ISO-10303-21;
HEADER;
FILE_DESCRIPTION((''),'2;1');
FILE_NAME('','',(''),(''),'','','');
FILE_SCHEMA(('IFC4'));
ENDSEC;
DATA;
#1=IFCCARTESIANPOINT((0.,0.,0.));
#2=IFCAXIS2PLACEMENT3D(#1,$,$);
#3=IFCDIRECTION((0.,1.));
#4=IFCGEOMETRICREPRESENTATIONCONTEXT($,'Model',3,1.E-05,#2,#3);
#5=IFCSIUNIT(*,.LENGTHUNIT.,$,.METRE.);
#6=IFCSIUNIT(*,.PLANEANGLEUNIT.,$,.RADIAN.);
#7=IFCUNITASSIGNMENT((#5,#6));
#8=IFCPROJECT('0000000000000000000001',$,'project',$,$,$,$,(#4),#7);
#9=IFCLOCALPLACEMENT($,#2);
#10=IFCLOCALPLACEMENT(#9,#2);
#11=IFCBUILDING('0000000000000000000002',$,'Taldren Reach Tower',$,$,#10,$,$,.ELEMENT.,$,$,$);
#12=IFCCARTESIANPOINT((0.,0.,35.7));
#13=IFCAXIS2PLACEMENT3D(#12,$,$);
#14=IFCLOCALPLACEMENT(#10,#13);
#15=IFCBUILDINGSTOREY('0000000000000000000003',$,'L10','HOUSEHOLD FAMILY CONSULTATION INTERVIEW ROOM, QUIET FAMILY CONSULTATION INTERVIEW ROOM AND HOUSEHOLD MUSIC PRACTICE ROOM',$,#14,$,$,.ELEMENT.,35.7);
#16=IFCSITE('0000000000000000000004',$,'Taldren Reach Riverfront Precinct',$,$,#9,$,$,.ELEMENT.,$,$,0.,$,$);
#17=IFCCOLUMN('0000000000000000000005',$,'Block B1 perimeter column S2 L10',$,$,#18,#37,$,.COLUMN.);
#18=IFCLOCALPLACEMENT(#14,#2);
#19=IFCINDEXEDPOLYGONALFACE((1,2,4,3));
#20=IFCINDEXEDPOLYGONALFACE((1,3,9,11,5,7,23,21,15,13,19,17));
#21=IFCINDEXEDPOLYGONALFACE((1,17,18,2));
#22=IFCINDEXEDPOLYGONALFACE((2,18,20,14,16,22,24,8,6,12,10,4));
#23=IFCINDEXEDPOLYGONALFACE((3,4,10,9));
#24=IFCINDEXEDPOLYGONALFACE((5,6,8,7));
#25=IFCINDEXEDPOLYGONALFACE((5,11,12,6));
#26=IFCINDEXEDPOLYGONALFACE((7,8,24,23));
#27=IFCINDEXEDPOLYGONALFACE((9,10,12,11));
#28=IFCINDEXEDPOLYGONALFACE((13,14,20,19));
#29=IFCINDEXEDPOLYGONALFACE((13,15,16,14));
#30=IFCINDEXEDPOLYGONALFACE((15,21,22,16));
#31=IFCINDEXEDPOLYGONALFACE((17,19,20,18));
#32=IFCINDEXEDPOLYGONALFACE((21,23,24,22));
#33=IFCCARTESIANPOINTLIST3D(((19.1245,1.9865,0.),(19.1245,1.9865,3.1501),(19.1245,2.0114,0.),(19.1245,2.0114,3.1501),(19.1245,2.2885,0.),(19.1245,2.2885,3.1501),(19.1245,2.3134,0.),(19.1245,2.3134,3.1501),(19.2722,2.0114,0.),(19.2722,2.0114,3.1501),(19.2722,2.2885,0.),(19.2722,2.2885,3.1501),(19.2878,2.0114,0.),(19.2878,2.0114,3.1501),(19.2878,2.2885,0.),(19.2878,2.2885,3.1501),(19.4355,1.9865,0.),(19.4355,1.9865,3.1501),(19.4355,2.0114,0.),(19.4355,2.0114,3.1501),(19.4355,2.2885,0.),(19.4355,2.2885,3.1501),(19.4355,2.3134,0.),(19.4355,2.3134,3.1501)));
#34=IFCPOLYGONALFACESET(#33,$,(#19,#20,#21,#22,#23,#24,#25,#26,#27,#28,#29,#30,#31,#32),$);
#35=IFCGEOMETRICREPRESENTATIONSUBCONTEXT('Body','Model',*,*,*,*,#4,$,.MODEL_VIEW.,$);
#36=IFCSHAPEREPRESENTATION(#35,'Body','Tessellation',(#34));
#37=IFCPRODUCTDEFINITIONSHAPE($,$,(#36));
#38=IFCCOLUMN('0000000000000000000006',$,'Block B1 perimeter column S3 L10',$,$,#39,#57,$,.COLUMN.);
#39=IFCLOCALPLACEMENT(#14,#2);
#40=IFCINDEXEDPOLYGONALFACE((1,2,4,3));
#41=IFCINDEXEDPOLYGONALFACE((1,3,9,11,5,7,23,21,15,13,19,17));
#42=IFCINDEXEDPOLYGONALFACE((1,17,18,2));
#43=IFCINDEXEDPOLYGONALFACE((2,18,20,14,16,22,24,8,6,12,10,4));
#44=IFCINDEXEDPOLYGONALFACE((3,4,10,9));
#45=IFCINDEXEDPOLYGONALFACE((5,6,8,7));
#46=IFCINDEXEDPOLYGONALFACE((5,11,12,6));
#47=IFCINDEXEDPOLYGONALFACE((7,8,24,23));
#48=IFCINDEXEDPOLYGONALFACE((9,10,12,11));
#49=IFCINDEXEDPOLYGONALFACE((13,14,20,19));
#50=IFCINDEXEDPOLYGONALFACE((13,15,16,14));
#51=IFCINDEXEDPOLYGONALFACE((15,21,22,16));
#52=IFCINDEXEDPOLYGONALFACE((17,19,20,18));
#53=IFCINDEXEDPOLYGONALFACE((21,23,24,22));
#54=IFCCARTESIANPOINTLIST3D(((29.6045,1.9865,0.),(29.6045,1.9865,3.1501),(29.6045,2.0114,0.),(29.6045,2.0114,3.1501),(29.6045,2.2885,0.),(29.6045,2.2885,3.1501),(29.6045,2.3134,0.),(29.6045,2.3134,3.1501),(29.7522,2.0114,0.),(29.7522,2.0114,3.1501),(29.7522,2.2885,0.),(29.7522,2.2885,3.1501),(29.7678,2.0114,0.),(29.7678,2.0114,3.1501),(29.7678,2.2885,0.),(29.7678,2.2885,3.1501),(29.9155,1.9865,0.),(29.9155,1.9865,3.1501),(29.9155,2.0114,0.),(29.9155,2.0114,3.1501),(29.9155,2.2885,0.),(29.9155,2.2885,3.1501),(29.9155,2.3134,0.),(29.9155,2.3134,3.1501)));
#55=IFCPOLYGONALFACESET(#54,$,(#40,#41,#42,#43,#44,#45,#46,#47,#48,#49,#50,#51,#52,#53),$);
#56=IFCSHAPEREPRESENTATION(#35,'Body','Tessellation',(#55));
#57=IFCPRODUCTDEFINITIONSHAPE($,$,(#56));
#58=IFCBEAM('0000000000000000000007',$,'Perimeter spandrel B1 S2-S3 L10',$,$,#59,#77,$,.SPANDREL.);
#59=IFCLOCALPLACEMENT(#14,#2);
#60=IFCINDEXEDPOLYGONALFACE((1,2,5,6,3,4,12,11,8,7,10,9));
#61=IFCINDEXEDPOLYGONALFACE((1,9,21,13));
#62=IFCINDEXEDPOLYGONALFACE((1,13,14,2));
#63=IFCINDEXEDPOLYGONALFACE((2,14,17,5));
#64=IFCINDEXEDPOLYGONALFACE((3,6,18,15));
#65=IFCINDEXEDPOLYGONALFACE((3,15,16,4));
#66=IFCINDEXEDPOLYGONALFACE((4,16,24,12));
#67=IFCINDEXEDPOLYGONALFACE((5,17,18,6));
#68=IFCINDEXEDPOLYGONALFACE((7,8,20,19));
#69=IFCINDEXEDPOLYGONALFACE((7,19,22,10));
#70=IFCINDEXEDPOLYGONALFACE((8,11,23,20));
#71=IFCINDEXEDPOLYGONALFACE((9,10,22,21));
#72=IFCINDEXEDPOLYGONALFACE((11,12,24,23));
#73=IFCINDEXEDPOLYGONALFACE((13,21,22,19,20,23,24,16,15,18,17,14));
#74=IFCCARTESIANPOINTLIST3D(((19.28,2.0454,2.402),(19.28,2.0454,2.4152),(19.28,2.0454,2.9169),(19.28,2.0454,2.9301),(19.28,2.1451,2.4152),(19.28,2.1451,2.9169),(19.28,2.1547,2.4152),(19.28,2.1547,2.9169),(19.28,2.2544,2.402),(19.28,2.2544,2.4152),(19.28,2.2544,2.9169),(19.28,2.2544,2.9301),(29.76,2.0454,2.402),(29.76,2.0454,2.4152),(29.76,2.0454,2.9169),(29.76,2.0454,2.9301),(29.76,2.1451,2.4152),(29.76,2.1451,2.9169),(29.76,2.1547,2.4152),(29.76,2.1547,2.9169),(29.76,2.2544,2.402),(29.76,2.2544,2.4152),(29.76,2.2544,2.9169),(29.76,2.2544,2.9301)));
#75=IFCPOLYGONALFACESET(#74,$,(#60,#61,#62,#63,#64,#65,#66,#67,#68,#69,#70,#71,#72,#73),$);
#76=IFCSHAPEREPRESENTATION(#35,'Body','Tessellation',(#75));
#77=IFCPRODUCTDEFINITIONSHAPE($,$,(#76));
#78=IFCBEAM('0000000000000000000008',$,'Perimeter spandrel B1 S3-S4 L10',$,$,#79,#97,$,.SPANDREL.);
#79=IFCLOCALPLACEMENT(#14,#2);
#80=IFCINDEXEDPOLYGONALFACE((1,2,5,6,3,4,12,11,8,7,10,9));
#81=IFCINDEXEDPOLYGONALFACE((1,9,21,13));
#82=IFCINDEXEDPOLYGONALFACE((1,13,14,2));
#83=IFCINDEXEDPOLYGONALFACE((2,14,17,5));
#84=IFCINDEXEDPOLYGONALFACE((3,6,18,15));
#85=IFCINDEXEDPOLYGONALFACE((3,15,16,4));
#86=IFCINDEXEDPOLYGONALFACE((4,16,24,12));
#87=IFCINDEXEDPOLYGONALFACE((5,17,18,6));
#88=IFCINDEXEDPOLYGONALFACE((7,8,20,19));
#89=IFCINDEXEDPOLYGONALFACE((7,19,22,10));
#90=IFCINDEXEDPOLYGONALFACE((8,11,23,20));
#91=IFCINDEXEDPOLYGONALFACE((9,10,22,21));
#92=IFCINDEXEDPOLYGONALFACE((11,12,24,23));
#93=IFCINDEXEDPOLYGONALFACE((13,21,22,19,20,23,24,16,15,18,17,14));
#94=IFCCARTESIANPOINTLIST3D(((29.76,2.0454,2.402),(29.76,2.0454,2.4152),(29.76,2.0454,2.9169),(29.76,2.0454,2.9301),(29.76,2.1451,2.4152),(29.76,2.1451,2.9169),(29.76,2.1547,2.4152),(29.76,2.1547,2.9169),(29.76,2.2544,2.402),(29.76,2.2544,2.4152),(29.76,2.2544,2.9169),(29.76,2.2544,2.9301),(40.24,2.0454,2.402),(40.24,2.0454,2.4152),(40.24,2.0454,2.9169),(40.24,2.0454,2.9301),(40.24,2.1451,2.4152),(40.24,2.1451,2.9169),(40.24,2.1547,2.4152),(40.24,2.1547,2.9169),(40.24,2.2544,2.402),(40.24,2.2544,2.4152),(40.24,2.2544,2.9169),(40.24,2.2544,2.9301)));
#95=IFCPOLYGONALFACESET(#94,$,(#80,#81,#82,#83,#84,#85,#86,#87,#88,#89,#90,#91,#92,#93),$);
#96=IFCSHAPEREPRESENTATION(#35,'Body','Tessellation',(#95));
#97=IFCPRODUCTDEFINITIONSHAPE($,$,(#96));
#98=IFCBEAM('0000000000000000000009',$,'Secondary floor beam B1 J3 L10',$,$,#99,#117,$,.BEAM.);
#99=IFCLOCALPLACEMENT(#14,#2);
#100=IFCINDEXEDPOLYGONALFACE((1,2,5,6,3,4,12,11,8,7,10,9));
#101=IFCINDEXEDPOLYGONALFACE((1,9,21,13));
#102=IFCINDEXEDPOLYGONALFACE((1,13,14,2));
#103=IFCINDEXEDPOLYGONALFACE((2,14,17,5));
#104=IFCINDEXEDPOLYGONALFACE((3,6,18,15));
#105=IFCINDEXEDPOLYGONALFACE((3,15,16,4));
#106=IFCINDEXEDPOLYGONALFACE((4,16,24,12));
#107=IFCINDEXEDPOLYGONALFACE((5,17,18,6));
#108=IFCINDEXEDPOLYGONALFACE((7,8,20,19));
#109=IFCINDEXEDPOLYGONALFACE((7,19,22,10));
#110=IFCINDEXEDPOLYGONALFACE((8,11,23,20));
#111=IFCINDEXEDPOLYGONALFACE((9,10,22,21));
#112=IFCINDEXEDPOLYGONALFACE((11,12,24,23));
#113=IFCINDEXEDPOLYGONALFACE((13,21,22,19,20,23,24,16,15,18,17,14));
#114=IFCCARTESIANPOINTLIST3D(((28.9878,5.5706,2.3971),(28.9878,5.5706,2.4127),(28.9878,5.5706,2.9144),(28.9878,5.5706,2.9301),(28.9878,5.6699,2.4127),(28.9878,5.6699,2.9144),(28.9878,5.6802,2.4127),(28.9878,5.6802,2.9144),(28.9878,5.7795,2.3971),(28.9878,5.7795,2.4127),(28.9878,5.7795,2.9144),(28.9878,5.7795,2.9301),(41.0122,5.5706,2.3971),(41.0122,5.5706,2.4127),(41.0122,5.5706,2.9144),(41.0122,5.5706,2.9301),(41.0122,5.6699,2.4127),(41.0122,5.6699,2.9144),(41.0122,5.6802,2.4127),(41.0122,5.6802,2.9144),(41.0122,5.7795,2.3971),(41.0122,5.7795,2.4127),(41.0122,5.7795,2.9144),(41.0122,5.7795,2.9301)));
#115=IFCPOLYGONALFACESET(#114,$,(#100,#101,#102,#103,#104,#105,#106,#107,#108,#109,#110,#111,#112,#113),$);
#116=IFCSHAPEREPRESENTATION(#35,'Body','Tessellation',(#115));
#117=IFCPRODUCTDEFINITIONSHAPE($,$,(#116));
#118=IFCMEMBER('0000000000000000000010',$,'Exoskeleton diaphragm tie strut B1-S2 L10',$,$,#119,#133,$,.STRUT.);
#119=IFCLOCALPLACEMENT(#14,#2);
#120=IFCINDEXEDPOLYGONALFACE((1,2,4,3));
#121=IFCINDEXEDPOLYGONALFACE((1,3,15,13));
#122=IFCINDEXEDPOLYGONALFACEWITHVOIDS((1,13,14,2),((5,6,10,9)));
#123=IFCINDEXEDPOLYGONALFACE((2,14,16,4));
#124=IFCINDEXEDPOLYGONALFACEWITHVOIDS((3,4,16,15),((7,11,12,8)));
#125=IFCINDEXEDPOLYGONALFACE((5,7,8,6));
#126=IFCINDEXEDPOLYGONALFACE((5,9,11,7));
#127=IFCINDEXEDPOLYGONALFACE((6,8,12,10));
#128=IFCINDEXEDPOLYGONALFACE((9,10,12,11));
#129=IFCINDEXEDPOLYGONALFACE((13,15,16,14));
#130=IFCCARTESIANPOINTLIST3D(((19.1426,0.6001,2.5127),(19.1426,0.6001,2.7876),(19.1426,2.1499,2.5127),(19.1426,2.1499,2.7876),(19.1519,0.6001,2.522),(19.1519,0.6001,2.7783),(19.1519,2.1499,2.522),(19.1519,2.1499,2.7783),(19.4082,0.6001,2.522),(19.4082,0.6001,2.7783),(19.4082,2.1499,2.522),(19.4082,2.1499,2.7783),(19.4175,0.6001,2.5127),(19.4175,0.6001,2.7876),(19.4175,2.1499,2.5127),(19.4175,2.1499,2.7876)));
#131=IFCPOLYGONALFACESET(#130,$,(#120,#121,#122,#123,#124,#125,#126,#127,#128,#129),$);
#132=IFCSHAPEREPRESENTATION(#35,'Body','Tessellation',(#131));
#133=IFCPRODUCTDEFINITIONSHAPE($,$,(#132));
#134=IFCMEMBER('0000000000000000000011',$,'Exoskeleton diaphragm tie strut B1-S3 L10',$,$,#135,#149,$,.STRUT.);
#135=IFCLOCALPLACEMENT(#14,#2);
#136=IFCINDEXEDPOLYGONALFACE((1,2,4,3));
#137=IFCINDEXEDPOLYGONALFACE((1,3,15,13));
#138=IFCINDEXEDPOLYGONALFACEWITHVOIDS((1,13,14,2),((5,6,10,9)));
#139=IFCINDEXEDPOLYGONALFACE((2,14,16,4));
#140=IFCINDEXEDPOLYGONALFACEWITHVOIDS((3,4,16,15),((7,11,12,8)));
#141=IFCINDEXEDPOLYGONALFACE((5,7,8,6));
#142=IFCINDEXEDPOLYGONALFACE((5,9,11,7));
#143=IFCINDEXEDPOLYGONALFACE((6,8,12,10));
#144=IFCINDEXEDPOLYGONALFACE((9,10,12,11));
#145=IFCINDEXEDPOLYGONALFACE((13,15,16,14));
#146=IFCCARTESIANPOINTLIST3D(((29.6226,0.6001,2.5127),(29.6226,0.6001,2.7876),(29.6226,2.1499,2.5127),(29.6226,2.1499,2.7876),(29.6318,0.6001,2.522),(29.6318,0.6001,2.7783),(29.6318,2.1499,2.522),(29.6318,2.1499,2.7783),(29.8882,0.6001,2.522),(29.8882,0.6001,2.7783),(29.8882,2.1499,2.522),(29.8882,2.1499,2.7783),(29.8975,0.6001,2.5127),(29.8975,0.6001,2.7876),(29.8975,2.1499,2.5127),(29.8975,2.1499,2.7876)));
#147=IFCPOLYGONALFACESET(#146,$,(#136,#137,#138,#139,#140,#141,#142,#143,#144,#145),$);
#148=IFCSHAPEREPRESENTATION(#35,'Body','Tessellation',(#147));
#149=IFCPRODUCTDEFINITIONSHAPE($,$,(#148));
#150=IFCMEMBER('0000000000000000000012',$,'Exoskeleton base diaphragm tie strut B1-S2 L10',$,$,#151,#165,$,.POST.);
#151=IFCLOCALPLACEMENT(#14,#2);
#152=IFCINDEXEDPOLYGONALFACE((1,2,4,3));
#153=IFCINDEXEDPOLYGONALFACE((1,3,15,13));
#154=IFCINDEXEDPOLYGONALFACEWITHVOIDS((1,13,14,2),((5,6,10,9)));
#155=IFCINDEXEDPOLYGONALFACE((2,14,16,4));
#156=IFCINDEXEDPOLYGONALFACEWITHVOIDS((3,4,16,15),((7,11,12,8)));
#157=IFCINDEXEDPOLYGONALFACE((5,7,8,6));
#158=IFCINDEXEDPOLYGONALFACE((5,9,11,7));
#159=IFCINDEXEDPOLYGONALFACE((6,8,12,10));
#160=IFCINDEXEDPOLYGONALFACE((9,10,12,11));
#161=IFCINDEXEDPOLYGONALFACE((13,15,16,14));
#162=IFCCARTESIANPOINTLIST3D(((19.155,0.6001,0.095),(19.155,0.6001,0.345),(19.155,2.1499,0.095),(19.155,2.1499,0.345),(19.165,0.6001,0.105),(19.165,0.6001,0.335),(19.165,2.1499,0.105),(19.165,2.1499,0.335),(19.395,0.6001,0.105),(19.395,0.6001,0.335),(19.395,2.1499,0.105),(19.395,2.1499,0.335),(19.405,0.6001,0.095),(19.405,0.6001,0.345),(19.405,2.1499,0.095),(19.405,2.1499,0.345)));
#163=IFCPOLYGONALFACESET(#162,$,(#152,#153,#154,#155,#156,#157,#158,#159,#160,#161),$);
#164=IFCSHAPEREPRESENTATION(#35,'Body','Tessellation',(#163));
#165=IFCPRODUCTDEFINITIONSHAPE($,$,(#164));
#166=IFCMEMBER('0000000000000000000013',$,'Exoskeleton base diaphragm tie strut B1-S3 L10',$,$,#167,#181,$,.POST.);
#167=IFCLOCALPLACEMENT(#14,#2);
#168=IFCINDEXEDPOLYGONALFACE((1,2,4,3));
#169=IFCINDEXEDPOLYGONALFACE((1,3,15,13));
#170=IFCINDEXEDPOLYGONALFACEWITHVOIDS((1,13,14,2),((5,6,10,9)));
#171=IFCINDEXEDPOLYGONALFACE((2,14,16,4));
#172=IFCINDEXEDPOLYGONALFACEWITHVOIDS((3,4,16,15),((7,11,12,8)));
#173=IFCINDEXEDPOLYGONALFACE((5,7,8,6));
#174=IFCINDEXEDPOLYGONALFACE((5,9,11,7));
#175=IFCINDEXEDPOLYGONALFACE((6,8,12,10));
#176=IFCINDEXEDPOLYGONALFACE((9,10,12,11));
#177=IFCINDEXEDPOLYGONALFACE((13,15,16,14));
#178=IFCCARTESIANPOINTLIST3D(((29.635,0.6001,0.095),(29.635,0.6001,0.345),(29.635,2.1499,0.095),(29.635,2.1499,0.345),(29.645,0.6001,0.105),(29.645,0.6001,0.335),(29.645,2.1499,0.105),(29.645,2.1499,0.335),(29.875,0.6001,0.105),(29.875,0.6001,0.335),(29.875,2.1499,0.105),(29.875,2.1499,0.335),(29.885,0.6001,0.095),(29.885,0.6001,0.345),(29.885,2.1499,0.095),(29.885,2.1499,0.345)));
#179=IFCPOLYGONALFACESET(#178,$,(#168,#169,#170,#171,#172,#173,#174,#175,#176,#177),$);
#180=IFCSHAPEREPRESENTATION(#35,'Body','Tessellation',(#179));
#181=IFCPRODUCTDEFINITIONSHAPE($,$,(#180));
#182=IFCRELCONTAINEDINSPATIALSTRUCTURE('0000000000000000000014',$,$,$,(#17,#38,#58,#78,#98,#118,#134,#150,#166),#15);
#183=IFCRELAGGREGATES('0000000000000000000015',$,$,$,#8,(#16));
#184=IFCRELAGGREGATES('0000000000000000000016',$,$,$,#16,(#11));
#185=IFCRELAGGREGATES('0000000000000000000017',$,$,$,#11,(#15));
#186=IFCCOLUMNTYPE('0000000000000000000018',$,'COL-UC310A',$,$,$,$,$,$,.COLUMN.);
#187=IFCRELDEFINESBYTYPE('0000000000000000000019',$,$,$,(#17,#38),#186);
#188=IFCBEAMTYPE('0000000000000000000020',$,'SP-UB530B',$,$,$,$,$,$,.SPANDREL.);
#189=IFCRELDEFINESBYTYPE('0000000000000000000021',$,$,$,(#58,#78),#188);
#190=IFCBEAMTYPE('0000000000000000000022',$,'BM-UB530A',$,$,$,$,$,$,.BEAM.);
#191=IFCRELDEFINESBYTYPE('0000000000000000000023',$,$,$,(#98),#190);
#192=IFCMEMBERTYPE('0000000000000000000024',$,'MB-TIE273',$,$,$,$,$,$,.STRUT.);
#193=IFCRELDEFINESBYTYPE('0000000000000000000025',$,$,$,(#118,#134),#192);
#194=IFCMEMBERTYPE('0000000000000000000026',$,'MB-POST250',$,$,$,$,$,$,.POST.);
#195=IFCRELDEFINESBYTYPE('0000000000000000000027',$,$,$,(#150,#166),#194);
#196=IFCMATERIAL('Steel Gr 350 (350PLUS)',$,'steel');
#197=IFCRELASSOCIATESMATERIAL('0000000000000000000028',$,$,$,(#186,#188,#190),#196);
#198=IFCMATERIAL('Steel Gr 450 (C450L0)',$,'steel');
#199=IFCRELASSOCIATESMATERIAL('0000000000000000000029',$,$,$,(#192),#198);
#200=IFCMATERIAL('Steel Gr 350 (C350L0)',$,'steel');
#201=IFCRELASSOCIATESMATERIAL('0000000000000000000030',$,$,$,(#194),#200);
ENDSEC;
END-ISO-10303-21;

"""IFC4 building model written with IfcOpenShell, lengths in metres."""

from ifc_helpers import new_model, si_unit, direction, frame, origin, origin_2d, place, context, subcontext, project, spatial, hollow_rectangle, i_section, extrude, source, transform, mapped, material, material_profile, profile_set, type_object, element, save


model = new_model("IFC4")

# Units and contexts
model_context = context("Model", 3, precision=1e-05, world=origin(), true_north=direction((0.0, 1.0)))
body_context = subcontext(model_context, "Body", "Model", "MODEL_VIEW")
ifc_project = project(units=[si_unit("LENGTHUNIT", "METRE"), si_unit("PLANEANGLEUNIT", "RADIAN")], contexts=[model_context])

# Site, building, storey
site_placement = place(None, origin())
site = spatial("IfcSite", under=ifc_project, at=site_placement, Name="Taldren Reach Riverfront Precinct", CompositionType="ELEMENT", RefElevation=0.0)
building_placement = place(site_placement, origin())
building = spatial("IfcBuilding", under=site, at=building_placement, Name="Taldren Reach Tower", CompositionType="ELEMENT")
storey_placement = place(building_placement, frame((0.0, 0.0, 35.7)))
storey = spatial("IfcBuildingStorey", under=building, at=storey_placement, Name="L10", Description="HOUSEHOLD FAMILY CONSULTATION INTERVIEW ROOM, QUIET FAMILY CONSULTATION INTERVIEW ROOM AND HOUSEHOLD MUSIC PRACTICE ROOM", CompositionType="ELEMENT", Elevation=35.7)

# Columns
ifc_material_1 = material(Name="Steel Gr 350 (350PLUS)", Category="steel")
ifc_material_profile_1 = material_profile(ifc_material_1, i_section(OverallWidth=0.311, OverallDepth=0.3269, WebThickness=0.0156, FlangeThickness=0.0249, at=origin_2d()), Name="310UC158")
ifc_profile_set_1 = profile_set([ifc_material_profile_1], Name="Steel Gr 350 (350PLUS)")
column_type = type_object("IfcColumnType", Name="COL-UC310A", PredefinedType="COLUMN", material=ifc_profile_set_1)
shared_shape_1 = source(origin(), body_context, "Body", "SweptSolid", [
    extrude(i_section(OverallWidth=0.311, OverallDepth=0.3269, WebThickness=0.0156, FlangeThickness=0.0249, at=origin_2d()), origin(), (0.0, 0.0, 1.0), 3.1501),
])
for number, where, z_axis, x_axis, name in (
    (1, (19.28, 2.1499, 0.0), (0.0, 0.0, 1.0), (1.0, 0.0, 0.0), "Block B1 perimeter column S2 L10"),
    (2, (29.76, 2.1499, 0.0), (0.0, 0.0, 1.0), (1.0, 0.0, 0.0), "Block B1 perimeter column S3 L10"),
):
    element("IfcColumn", number, at=place(storey_placement, frame(where, z_axis=z_axis, x_axis=x_axis)), inside=storey, type_object=column_type, Name=name, PredefinedType="COLUMN", context=body_context, shape_type="MappedRepresentation", body=[
        mapped(shared_shape_1, transform((0.0, 0.0, 0.0), scale=1.0)),
    ])

# Beams
ifc_material_profile_2 = material_profile(ifc_material_1, i_section(OverallWidth=0.209, OverallDepth=0.5281, WebThickness=0.0095, FlangeThickness=0.0132, at=origin_2d()), Name="530UB82.0")
ifc_profile_set_2 = profile_set([ifc_material_profile_2], Name="Steel Gr 350 (350PLUS)")
beam_type_1 = type_object("IfcBeamType", Name="SP-UB530B", PredefinedType="SPANDREL", material=ifc_profile_set_2)
shared_shape_2 = source(origin(), body_context, "Body", "SweptSolid", [
    extrude(i_section(OverallWidth=0.209, OverallDepth=0.5281, WebThickness=0.0095, FlangeThickness=0.0132, at=origin_2d()), origin(), (0.0, 0.0, 1.0), 10.48),
])
for number, where, z_axis, x_axis, name in (
    (3, (19.28, 2.1499, 2.666), (1.0, 0.0, 0.0), (0.0, 1.0, 0.0), "Perimeter spandrel B1 S2-S3 L10"),
    (4, (29.76, 2.1499, 2.666), (1.0, 0.0, 0.0), (0.0, 1.0, 0.0), "Perimeter spandrel B1 S3-S4 L10"),
):
    element("IfcBeam", number, at=place(storey_placement, frame(where, z_axis=z_axis, x_axis=x_axis)), inside=storey, type_object=beam_type_1, Name=name, PredefinedType="SPANDREL", context=body_context, shape_type="MappedRepresentation", body=[
        mapped(shared_shape_2, transform((0.0, 0.0, 0.0), scale=1.0)),
    ])
ifc_material_profile_3 = material_profile(ifc_material_1, i_section(OverallWidth=0.209, OverallDepth=0.533, WebThickness=0.0103, FlangeThickness=0.0156, at=origin_2d()), Name="530UB92.4")
ifc_profile_set_3 = profile_set([ifc_material_profile_3], Name="Steel Gr 350 (350PLUS)")
beam_type_2 = type_object("IfcBeamType", Name="BM-UB530A", PredefinedType="BEAM", material=ifc_profile_set_3)
shared_shape_3 = source(origin(), body_context, "Body", "SweptSolid", [
    extrude(i_section(OverallWidth=0.209, OverallDepth=0.533, WebThickness=0.0103, FlangeThickness=0.0156, at=origin_2d()), origin(), (0.0, 0.0, 1.0), 12.0244),
])
beam_placement = place(storey_placement, frame((28.9878, 5.675, 2.6636), z_axis=(1.0, 0.0, 0.0), x_axis=(0.0, 1.0, 0.0)))
element("IfcBeam", 5, at=beam_placement, inside=storey, type_object=beam_type_2, Name="Secondary floor beam B1 J3 L10", PredefinedType="BEAM", context=body_context, shape_type="MappedRepresentation", body=[
    mapped(shared_shape_3, transform((0.0, 0.0, 0.0), scale=1.0)),
])

# Members
ifc_material_2 = material(Name="Steel Gr 450 (C450L0)", Category="steel")
ifc_material_profile_4 = material_profile(ifc_material_2, hollow_rectangle(XDim=0.2749, YDim=0.2749, WallThickness=0.0093, at=origin_2d()), Name="275x275x9.3SHS")
ifc_profile_set_4 = profile_set([ifc_material_profile_4], Name="Steel Gr 450 (C450L0)")
member_type_1 = type_object("IfcMemberType", Name="MB-TIE273", PredefinedType="STRUT", material=ifc_profile_set_4)
shared_shape_4 = source(origin(), body_context, "Body", "SweptSolid", [
    extrude(hollow_rectangle(XDim=0.2749, YDim=0.2749, WallThickness=0.0093, at=origin_2d()), origin(), (0.0, 0.0, 1.0), 1.5498),
])
for number, where, z_axis, x_axis, name in (
    (6, (19.28, 2.1499, 2.6501), (0.0, -1.0, 0.0), (1.0, 0.0, 0.0), "Exoskeleton diaphragm tie strut B1-S2 L10"),
    (7, (29.76, 2.1499, 2.6501), (0.0, -1.0, 0.0), (1.0, 0.0, 0.0), "Exoskeleton diaphragm tie strut B1-S3 L10"),
):
    element("IfcMember", number, at=place(storey_placement, frame(where, z_axis=z_axis, x_axis=x_axis)), inside=storey, type_object=member_type_1, Name=name, PredefinedType="STRUT", context=body_context, shape_type="MappedRepresentation", body=[
        mapped(shared_shape_4, transform((0.0, 0.0, 0.0), scale=1.0)),
    ])
ifc_material_3 = material(Name="Steel Gr 350 (C350L0)", Category="steel")
ifc_material_profile_5 = material_profile(ifc_material_3, hollow_rectangle(XDim=0.25, YDim=0.25, WallThickness=0.01, at=origin_2d()), Name="250x250x10.0SHS")
ifc_profile_set_5 = profile_set([ifc_material_profile_5], Name="Steel Gr 350 (C350L0)")
member_type_2 = type_object("IfcMemberType", Name="MB-POST250", PredefinedType="POST", material=ifc_profile_set_5)
shared_shape_5 = source(origin(), body_context, "Body", "SweptSolid", [
    extrude(hollow_rectangle(XDim=0.25, YDim=0.25, WallThickness=0.01, at=origin_2d()), origin(), (0.0, 0.0, 1.0), 1.5498),
])
for number, where, z_axis, x_axis, name in (
    (8, (19.28, 2.1499, 0.22), (0.0, -1.0, 0.0), (1.0, 0.0, 0.0), "Exoskeleton base diaphragm tie strut B1-S2 L10"),
    (9, (29.76, 2.1499, 0.22), (0.0, -1.0, 0.0), (1.0, 0.0, 0.0), "Exoskeleton base diaphragm tie strut B1-S3 L10"),
):
    element("IfcMember", number, at=place(storey_placement, frame(where, z_axis=z_axis, x_axis=x_axis)), inside=storey, type_object=member_type_2, Name=name, PredefinedType="POST", context=body_context, shape_type="MappedRepresentation", body=[
        mapped(shared_shape_5, transform((0.0, 0.0, 0.0), scale=1.0)),
    ])

save(model, "model.ifc")
